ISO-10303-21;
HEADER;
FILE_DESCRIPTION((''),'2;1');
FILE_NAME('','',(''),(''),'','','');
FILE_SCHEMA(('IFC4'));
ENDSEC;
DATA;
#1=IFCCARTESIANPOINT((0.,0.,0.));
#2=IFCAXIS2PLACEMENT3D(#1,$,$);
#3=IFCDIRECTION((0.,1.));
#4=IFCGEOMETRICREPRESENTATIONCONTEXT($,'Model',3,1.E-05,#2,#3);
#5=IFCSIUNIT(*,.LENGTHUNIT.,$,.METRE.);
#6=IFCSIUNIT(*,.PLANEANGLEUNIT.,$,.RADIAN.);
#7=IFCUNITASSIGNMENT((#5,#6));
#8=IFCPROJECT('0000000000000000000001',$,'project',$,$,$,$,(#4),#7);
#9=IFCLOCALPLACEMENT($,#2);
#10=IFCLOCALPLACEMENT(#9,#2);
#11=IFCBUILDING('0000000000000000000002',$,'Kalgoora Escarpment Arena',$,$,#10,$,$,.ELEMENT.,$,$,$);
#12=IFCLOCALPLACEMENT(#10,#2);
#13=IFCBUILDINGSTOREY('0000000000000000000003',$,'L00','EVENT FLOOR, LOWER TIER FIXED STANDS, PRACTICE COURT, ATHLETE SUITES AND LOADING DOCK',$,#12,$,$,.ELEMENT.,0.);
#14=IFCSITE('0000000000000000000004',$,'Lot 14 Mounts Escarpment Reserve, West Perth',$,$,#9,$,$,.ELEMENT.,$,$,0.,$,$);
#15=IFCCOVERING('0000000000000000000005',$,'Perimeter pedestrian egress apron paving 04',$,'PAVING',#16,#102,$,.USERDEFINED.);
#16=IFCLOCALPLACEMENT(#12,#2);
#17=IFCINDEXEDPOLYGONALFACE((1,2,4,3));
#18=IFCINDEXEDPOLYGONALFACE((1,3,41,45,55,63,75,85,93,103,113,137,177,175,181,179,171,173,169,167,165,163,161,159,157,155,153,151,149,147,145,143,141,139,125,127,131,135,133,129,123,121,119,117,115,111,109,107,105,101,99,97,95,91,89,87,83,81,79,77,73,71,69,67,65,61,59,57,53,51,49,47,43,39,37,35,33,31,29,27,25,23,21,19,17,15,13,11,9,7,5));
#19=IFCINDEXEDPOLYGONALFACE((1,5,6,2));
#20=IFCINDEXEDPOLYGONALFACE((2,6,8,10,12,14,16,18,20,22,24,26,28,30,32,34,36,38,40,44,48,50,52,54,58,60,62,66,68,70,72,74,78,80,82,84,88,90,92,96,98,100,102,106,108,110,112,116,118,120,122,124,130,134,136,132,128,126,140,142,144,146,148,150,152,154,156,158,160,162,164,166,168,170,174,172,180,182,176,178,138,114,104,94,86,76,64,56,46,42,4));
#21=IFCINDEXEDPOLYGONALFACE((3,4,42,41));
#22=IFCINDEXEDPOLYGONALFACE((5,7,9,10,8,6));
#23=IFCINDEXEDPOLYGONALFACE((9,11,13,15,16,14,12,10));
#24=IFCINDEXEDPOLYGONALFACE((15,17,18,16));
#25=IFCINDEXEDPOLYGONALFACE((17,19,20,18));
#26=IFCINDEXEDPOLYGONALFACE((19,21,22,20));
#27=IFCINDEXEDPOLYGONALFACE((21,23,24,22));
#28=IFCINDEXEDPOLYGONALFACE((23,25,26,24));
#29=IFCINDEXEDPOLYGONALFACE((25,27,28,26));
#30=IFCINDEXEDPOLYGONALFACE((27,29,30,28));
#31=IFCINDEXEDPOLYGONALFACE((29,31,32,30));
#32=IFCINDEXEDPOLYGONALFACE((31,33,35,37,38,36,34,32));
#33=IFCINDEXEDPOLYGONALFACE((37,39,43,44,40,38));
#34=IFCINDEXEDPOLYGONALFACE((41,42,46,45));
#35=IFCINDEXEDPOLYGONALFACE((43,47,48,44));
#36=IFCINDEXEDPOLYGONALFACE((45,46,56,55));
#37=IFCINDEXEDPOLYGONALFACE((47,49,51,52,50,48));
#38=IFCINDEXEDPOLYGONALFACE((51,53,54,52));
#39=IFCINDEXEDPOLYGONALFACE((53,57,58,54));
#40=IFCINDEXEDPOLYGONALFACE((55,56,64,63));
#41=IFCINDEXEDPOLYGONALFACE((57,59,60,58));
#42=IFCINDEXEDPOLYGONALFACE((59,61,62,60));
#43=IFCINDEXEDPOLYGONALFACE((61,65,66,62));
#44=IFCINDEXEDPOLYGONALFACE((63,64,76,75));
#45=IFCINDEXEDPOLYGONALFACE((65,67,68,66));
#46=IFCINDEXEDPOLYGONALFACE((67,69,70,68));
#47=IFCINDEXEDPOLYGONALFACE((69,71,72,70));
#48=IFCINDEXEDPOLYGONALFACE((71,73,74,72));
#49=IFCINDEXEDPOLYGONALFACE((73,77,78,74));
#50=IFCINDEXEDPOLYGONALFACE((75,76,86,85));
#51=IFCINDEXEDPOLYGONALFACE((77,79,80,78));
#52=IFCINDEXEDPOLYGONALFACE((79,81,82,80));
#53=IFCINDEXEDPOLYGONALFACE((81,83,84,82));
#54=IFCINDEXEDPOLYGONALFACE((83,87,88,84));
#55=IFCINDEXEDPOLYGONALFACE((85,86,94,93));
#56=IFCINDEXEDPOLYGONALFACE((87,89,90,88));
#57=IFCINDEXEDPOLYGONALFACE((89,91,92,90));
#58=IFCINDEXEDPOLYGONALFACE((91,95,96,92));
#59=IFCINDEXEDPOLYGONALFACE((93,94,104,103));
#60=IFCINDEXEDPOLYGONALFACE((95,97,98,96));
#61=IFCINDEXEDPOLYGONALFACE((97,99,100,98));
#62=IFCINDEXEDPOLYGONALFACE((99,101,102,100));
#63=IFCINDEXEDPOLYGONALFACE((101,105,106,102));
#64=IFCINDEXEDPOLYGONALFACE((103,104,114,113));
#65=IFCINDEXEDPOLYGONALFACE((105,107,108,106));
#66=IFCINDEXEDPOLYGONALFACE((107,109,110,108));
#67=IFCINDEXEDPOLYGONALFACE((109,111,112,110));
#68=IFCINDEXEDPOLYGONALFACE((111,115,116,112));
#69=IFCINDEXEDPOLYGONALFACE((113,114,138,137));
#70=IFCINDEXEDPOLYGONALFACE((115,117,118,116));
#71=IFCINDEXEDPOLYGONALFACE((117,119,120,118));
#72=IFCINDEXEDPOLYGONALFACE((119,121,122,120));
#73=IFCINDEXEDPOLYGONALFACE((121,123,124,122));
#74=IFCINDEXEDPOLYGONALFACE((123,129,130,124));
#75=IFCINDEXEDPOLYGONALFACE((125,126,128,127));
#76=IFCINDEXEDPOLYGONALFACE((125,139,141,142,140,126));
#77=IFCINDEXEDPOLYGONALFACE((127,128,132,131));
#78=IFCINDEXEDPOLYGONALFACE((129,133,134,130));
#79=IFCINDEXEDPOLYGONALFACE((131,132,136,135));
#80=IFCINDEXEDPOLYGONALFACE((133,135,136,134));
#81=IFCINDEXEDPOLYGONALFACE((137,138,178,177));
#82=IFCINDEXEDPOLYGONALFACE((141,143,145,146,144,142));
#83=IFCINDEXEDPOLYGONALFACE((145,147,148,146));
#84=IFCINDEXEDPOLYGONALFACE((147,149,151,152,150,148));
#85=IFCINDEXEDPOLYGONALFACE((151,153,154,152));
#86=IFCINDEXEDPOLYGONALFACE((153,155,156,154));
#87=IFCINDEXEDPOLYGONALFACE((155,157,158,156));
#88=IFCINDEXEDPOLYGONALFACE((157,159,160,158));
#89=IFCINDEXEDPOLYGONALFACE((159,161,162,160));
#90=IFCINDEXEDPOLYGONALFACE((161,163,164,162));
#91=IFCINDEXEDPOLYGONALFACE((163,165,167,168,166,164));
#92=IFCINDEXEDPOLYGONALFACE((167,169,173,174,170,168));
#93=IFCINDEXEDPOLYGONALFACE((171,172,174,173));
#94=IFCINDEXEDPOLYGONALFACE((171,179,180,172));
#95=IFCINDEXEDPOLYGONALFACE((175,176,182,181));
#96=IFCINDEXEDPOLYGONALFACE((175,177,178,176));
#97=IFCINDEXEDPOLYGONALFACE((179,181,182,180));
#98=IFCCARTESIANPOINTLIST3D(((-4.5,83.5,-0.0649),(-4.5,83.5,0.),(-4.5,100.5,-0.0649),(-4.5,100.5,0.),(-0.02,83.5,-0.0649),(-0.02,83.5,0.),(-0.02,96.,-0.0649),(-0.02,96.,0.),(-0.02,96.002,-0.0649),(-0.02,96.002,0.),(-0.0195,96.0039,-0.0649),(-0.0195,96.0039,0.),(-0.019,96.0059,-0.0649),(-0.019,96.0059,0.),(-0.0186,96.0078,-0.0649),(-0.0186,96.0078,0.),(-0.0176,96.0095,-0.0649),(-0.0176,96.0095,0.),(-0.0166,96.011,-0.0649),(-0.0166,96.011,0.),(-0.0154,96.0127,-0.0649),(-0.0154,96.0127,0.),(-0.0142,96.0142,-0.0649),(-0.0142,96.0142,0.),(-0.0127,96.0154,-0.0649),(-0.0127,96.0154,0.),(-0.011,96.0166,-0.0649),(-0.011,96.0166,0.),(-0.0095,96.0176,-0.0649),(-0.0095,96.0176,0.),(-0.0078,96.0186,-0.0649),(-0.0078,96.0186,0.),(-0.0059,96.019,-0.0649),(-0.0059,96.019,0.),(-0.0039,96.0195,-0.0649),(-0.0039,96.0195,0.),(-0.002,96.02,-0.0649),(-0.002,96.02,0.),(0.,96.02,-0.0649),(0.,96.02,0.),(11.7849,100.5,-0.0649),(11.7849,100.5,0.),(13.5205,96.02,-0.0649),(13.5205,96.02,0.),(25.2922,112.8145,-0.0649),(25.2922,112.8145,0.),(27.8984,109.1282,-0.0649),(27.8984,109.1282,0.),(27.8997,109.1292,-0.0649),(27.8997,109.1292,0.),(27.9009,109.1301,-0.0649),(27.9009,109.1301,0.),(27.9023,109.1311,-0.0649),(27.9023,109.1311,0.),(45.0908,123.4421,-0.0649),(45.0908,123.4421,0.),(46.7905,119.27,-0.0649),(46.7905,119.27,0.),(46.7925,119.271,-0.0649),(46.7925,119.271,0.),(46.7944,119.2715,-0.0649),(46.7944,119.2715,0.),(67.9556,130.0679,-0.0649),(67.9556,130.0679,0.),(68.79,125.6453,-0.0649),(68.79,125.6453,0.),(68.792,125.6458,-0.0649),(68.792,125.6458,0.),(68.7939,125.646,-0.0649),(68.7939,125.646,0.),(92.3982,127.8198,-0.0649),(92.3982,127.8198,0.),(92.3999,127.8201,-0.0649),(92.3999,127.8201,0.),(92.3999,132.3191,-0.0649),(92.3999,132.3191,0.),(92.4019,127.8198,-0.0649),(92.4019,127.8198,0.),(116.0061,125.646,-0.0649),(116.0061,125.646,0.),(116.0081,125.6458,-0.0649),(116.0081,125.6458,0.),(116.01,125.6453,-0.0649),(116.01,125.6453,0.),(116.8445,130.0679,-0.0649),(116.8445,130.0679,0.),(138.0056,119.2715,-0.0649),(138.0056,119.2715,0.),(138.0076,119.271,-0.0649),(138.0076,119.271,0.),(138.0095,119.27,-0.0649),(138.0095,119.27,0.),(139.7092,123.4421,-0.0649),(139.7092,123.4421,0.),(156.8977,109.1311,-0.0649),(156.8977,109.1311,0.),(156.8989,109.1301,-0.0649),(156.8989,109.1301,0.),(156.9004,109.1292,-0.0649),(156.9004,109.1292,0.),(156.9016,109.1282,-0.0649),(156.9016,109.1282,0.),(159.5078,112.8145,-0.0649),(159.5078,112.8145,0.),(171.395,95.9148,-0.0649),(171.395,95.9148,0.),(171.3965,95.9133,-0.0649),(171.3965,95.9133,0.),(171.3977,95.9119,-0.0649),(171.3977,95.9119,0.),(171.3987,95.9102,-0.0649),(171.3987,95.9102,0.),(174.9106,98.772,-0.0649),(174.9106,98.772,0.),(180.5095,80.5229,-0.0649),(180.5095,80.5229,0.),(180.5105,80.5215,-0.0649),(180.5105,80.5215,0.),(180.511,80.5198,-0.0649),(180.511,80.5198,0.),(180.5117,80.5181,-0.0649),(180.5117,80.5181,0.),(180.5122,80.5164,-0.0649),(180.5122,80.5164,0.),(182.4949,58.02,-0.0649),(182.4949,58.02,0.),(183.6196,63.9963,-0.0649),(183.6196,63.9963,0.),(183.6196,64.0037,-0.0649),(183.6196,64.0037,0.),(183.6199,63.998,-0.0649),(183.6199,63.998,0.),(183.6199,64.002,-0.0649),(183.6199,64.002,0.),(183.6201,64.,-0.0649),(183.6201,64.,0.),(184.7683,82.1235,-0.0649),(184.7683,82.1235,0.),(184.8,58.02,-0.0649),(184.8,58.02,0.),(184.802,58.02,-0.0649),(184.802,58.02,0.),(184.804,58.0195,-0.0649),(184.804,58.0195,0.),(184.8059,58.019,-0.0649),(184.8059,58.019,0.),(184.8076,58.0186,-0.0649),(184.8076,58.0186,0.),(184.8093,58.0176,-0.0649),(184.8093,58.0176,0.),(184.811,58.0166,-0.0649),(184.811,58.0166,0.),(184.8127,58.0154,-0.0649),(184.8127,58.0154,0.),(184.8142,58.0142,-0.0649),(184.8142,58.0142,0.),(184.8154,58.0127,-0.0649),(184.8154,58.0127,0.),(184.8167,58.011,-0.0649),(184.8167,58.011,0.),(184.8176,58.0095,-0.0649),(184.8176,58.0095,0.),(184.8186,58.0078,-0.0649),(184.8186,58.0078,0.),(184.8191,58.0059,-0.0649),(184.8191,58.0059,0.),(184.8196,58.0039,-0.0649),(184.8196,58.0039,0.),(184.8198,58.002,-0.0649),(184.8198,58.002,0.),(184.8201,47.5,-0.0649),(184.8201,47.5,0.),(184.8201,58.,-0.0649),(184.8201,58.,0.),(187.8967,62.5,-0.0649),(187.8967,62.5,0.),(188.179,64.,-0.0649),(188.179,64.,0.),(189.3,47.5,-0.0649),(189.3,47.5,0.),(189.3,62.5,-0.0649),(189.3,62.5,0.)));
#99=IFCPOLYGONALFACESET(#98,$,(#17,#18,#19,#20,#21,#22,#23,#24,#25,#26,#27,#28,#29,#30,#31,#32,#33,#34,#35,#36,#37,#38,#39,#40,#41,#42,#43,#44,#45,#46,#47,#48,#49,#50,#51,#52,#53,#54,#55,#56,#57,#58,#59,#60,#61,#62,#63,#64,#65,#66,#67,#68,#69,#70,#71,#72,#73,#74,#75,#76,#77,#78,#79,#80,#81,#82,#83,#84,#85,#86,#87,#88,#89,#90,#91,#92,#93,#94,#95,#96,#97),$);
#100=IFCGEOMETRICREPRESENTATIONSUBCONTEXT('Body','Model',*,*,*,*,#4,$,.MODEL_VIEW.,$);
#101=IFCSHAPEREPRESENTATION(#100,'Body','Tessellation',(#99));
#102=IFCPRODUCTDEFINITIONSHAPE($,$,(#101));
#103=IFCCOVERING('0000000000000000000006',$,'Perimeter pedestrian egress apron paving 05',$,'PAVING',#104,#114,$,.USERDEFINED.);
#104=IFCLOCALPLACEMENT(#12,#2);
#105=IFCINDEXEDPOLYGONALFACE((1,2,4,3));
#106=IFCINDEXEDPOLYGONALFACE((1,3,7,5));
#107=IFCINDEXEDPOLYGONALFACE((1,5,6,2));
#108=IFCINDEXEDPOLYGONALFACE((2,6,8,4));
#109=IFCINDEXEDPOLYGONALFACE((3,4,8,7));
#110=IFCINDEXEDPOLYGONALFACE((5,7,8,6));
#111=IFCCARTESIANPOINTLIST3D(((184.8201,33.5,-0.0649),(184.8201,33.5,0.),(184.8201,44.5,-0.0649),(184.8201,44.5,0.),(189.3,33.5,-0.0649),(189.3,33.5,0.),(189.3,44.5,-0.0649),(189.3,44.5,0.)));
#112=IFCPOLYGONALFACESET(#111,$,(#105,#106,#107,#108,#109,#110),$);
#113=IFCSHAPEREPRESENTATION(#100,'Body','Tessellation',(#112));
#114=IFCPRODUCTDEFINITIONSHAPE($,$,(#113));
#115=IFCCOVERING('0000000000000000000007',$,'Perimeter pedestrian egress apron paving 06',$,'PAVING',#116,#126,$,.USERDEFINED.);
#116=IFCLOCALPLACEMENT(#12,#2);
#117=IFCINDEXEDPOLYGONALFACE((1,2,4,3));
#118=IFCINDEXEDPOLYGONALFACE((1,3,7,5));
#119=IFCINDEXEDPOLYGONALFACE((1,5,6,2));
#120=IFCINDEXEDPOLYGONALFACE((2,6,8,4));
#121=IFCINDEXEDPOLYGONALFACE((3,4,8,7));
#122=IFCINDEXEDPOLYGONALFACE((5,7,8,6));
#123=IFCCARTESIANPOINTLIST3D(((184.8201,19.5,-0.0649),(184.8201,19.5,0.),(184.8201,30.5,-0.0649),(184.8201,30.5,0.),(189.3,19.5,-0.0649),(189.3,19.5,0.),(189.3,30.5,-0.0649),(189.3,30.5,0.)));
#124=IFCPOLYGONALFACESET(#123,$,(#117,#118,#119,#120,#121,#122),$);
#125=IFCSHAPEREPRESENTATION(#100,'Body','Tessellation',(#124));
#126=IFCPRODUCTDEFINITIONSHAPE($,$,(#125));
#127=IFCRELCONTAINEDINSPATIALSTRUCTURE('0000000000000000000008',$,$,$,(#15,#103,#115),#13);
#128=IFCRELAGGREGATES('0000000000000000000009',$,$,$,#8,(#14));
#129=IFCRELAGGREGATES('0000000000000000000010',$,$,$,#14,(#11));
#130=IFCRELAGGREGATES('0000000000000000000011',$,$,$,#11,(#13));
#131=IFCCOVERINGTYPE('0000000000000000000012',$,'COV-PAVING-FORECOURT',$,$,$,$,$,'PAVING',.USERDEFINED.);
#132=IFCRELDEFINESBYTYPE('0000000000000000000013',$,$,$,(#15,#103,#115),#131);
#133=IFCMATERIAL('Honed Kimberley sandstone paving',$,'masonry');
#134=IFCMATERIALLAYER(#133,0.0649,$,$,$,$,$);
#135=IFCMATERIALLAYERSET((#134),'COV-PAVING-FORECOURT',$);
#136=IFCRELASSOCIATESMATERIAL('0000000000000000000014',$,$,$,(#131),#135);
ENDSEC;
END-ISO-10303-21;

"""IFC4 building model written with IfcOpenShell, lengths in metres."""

from ifc_helpers import new_model, si_unit, direction, frame, origin, place, context, subcontext, project, spatial, polyline, outline, extrude, material, layer, layer_set, type_object, element, save


model = new_model("IFC4")

# Units and contexts
model_context = context("Model", 3, precision=1e-05, world=origin(), true_north=direction((0.0, 1.0)))
body_context = subcontext(model_context, "Body", "Model", "MODEL_VIEW")
ifc_project = project(units=[si_unit("LENGTHUNIT", "METRE"), si_unit("PLANEANGLEUNIT", "RADIAN")], contexts=[model_context])

# Site, building, storey
site_placement = place(None, origin())
site = spatial("IfcSite", under=ifc_project, at=site_placement, Name="Lot 14 Mounts Escarpment Reserve, West Perth", CompositionType="ELEMENT", RefElevation=0.0)
building_placement = place(site_placement, origin())
building = spatial("IfcBuilding", under=site, at=building_placement, Name="Kalgoora Escarpment Arena", CompositionType="ELEMENT")
storey_placement = place(building_placement, origin())
storey = spatial("IfcBuildingStorey", under=building, at=storey_placement, Name="L00", Description="EVENT FLOOR, LOWER TIER FIXED STANDS, PRACTICE COURT, ATHLETE SUITES AND LOADING DOCK", CompositionType="ELEMENT", Elevation=0.0)

# Coverings
ifc_material_1 = material(Name="Honed Kimberley sandstone paving", Category="masonry")
ifc_layer_1 = layer(ifc_material_1, 0.0649)
ifc_layer_set_1 = layer_set([ifc_layer_1], Name="COV-PAVING-FORECOURT")
covering_type_1 = type_object("IfcCoveringType", Name="COV-PAVING-FORECOURT", ElementType="PAVING", PredefinedType="USERDEFINED", material=ifc_layer_set_1)
covering_1_placement = place(storey_placement, frame((0.0, 0.0, -0.0649)))
element("IfcCovering", 1, at=covering_1_placement, inside=storey, type_object=covering_type_1, Name="Perimeter pedestrian egress apron paving 04", ObjectType="PAVING", PredefinedType="USERDEFINED", context=body_context, shape_type="SweptSolid", body=[
    extrude(outline(polyline([(11.7849, 100.5), (25.2922, 112.8145), (45.0908, 123.4421), (67.9556, 130.0679), (92.3999, 132.3191), (116.8445, 130.0679), (139.7092, 123.4421), (159.5078, 112.8145), (174.9106, 98.772), (184.7683, 82.1235), (188.179, 64.0), (187.8967, 62.5), (189.3, 62.5), (189.3, 47.5), (184.8201, 47.5), (184.8201, 58.0), (184.8198, 58.002), (184.8196, 58.0039), (184.8191, 58.0059), (184.8186, 58.0078), (184.8176, 58.0095), (184.8167, 58.011), (184.8154, 58.0127), (184.8142, 58.0142), (184.8127, 58.0154), (184.811, 58.0166), (184.8093, 58.0176), (184.8076, 58.0186), (184.8059, 58.019), (184.804, 58.0195), (184.802, 58.02), (184.8, 58.02), (182.4949, 58.02), (183.6196, 63.9963), (183.6199, 63.998), (183.6201, 64.0), (183.6199, 64.002), (183.6196, 64.0037), (180.5122, 80.5164), (180.5117, 80.5181), (180.511, 80.5198), (180.5105, 80.5215), (180.5095, 80.5229), (171.3987, 95.9102), (171.3977, 95.9119), (171.3965, 95.9133), (171.395, 95.9148), (156.9016, 109.1282), (156.9004, 109.1292), (156.8989, 109.1301), (156.8977, 109.1311), (138.0095, 119.27), (138.0076, 119.271), (138.0056, 119.2715), (116.01, 125.6453), (116.0081, 125.6458), (116.0061, 125.646), (92.4019, 127.8198), (92.3999, 127.8201), (92.3982, 127.8198), (68.7939, 125.646), (68.792, 125.6458), (68.79, 125.6453), (46.7944, 119.2715), (46.7925, 119.271), (46.7905, 119.27), (27.9023, 109.1311), (27.9009, 109.1301), (27.8997, 109.1292), (27.8984, 109.1282), (13.5205, 96.02), (0.0, 96.02), (-0.002, 96.02), (-0.0039, 96.0195), (-0.0059, 96.019), (-0.0078, 96.0186), (-0.0095, 96.0176), (-0.011, 96.0166), (-0.0127, 96.0154), (-0.0142, 96.0142), (-0.0154, 96.0127), (-0.0166, 96.011), (-0.0176, 96.0095), (-0.0186, 96.0078), (-0.019, 96.0059), (-0.0195, 96.0039), (-0.02, 96.002), (-0.02, 96.0), (-0.02, 83.5), (-4.5, 83.5), (-4.5, 100.5), (11.7849, 100.5)])), origin(), (0.0, 0.0, 1.0), 0.0649),
])
covering_2_placement = place(storey_placement, frame((0.0, 0.0, -0.0649)))
element("IfcCovering", 2, at=covering_2_placement, inside=storey, type_object=covering_type_1, Name="Perimeter pedestrian egress apron paving 05", ObjectType="PAVING", PredefinedType="USERDEFINED", context=body_context, shape_type="SweptSolid", body=[
    extrude(outline(polyline([(184.8201, 33.5), (184.8201, 44.5), (189.3, 44.5), (189.3, 33.5), (184.8201, 33.5)])), origin(), (0.0, 0.0, 1.0), 0.0649),
])
covering_3_placement = place(storey_placement, frame((0.0, 0.0, -0.0649)))
element("IfcCovering", 3, at=covering_3_placement, inside=storey, type_object=covering_type_1, Name="Perimeter pedestrian egress apron paving 06", ObjectType="PAVING", PredefinedType="USERDEFINED", context=body_context, shape_type="SweptSolid", body=[
    extrude(outline(polyline([(184.8201, 19.5), (184.8201, 30.5), (189.3, 30.5), (189.3, 19.5), (184.8201, 19.5)])), origin(), (0.0, 0.0, 1.0), 0.0649),
])

save(model, "model.ifc")
